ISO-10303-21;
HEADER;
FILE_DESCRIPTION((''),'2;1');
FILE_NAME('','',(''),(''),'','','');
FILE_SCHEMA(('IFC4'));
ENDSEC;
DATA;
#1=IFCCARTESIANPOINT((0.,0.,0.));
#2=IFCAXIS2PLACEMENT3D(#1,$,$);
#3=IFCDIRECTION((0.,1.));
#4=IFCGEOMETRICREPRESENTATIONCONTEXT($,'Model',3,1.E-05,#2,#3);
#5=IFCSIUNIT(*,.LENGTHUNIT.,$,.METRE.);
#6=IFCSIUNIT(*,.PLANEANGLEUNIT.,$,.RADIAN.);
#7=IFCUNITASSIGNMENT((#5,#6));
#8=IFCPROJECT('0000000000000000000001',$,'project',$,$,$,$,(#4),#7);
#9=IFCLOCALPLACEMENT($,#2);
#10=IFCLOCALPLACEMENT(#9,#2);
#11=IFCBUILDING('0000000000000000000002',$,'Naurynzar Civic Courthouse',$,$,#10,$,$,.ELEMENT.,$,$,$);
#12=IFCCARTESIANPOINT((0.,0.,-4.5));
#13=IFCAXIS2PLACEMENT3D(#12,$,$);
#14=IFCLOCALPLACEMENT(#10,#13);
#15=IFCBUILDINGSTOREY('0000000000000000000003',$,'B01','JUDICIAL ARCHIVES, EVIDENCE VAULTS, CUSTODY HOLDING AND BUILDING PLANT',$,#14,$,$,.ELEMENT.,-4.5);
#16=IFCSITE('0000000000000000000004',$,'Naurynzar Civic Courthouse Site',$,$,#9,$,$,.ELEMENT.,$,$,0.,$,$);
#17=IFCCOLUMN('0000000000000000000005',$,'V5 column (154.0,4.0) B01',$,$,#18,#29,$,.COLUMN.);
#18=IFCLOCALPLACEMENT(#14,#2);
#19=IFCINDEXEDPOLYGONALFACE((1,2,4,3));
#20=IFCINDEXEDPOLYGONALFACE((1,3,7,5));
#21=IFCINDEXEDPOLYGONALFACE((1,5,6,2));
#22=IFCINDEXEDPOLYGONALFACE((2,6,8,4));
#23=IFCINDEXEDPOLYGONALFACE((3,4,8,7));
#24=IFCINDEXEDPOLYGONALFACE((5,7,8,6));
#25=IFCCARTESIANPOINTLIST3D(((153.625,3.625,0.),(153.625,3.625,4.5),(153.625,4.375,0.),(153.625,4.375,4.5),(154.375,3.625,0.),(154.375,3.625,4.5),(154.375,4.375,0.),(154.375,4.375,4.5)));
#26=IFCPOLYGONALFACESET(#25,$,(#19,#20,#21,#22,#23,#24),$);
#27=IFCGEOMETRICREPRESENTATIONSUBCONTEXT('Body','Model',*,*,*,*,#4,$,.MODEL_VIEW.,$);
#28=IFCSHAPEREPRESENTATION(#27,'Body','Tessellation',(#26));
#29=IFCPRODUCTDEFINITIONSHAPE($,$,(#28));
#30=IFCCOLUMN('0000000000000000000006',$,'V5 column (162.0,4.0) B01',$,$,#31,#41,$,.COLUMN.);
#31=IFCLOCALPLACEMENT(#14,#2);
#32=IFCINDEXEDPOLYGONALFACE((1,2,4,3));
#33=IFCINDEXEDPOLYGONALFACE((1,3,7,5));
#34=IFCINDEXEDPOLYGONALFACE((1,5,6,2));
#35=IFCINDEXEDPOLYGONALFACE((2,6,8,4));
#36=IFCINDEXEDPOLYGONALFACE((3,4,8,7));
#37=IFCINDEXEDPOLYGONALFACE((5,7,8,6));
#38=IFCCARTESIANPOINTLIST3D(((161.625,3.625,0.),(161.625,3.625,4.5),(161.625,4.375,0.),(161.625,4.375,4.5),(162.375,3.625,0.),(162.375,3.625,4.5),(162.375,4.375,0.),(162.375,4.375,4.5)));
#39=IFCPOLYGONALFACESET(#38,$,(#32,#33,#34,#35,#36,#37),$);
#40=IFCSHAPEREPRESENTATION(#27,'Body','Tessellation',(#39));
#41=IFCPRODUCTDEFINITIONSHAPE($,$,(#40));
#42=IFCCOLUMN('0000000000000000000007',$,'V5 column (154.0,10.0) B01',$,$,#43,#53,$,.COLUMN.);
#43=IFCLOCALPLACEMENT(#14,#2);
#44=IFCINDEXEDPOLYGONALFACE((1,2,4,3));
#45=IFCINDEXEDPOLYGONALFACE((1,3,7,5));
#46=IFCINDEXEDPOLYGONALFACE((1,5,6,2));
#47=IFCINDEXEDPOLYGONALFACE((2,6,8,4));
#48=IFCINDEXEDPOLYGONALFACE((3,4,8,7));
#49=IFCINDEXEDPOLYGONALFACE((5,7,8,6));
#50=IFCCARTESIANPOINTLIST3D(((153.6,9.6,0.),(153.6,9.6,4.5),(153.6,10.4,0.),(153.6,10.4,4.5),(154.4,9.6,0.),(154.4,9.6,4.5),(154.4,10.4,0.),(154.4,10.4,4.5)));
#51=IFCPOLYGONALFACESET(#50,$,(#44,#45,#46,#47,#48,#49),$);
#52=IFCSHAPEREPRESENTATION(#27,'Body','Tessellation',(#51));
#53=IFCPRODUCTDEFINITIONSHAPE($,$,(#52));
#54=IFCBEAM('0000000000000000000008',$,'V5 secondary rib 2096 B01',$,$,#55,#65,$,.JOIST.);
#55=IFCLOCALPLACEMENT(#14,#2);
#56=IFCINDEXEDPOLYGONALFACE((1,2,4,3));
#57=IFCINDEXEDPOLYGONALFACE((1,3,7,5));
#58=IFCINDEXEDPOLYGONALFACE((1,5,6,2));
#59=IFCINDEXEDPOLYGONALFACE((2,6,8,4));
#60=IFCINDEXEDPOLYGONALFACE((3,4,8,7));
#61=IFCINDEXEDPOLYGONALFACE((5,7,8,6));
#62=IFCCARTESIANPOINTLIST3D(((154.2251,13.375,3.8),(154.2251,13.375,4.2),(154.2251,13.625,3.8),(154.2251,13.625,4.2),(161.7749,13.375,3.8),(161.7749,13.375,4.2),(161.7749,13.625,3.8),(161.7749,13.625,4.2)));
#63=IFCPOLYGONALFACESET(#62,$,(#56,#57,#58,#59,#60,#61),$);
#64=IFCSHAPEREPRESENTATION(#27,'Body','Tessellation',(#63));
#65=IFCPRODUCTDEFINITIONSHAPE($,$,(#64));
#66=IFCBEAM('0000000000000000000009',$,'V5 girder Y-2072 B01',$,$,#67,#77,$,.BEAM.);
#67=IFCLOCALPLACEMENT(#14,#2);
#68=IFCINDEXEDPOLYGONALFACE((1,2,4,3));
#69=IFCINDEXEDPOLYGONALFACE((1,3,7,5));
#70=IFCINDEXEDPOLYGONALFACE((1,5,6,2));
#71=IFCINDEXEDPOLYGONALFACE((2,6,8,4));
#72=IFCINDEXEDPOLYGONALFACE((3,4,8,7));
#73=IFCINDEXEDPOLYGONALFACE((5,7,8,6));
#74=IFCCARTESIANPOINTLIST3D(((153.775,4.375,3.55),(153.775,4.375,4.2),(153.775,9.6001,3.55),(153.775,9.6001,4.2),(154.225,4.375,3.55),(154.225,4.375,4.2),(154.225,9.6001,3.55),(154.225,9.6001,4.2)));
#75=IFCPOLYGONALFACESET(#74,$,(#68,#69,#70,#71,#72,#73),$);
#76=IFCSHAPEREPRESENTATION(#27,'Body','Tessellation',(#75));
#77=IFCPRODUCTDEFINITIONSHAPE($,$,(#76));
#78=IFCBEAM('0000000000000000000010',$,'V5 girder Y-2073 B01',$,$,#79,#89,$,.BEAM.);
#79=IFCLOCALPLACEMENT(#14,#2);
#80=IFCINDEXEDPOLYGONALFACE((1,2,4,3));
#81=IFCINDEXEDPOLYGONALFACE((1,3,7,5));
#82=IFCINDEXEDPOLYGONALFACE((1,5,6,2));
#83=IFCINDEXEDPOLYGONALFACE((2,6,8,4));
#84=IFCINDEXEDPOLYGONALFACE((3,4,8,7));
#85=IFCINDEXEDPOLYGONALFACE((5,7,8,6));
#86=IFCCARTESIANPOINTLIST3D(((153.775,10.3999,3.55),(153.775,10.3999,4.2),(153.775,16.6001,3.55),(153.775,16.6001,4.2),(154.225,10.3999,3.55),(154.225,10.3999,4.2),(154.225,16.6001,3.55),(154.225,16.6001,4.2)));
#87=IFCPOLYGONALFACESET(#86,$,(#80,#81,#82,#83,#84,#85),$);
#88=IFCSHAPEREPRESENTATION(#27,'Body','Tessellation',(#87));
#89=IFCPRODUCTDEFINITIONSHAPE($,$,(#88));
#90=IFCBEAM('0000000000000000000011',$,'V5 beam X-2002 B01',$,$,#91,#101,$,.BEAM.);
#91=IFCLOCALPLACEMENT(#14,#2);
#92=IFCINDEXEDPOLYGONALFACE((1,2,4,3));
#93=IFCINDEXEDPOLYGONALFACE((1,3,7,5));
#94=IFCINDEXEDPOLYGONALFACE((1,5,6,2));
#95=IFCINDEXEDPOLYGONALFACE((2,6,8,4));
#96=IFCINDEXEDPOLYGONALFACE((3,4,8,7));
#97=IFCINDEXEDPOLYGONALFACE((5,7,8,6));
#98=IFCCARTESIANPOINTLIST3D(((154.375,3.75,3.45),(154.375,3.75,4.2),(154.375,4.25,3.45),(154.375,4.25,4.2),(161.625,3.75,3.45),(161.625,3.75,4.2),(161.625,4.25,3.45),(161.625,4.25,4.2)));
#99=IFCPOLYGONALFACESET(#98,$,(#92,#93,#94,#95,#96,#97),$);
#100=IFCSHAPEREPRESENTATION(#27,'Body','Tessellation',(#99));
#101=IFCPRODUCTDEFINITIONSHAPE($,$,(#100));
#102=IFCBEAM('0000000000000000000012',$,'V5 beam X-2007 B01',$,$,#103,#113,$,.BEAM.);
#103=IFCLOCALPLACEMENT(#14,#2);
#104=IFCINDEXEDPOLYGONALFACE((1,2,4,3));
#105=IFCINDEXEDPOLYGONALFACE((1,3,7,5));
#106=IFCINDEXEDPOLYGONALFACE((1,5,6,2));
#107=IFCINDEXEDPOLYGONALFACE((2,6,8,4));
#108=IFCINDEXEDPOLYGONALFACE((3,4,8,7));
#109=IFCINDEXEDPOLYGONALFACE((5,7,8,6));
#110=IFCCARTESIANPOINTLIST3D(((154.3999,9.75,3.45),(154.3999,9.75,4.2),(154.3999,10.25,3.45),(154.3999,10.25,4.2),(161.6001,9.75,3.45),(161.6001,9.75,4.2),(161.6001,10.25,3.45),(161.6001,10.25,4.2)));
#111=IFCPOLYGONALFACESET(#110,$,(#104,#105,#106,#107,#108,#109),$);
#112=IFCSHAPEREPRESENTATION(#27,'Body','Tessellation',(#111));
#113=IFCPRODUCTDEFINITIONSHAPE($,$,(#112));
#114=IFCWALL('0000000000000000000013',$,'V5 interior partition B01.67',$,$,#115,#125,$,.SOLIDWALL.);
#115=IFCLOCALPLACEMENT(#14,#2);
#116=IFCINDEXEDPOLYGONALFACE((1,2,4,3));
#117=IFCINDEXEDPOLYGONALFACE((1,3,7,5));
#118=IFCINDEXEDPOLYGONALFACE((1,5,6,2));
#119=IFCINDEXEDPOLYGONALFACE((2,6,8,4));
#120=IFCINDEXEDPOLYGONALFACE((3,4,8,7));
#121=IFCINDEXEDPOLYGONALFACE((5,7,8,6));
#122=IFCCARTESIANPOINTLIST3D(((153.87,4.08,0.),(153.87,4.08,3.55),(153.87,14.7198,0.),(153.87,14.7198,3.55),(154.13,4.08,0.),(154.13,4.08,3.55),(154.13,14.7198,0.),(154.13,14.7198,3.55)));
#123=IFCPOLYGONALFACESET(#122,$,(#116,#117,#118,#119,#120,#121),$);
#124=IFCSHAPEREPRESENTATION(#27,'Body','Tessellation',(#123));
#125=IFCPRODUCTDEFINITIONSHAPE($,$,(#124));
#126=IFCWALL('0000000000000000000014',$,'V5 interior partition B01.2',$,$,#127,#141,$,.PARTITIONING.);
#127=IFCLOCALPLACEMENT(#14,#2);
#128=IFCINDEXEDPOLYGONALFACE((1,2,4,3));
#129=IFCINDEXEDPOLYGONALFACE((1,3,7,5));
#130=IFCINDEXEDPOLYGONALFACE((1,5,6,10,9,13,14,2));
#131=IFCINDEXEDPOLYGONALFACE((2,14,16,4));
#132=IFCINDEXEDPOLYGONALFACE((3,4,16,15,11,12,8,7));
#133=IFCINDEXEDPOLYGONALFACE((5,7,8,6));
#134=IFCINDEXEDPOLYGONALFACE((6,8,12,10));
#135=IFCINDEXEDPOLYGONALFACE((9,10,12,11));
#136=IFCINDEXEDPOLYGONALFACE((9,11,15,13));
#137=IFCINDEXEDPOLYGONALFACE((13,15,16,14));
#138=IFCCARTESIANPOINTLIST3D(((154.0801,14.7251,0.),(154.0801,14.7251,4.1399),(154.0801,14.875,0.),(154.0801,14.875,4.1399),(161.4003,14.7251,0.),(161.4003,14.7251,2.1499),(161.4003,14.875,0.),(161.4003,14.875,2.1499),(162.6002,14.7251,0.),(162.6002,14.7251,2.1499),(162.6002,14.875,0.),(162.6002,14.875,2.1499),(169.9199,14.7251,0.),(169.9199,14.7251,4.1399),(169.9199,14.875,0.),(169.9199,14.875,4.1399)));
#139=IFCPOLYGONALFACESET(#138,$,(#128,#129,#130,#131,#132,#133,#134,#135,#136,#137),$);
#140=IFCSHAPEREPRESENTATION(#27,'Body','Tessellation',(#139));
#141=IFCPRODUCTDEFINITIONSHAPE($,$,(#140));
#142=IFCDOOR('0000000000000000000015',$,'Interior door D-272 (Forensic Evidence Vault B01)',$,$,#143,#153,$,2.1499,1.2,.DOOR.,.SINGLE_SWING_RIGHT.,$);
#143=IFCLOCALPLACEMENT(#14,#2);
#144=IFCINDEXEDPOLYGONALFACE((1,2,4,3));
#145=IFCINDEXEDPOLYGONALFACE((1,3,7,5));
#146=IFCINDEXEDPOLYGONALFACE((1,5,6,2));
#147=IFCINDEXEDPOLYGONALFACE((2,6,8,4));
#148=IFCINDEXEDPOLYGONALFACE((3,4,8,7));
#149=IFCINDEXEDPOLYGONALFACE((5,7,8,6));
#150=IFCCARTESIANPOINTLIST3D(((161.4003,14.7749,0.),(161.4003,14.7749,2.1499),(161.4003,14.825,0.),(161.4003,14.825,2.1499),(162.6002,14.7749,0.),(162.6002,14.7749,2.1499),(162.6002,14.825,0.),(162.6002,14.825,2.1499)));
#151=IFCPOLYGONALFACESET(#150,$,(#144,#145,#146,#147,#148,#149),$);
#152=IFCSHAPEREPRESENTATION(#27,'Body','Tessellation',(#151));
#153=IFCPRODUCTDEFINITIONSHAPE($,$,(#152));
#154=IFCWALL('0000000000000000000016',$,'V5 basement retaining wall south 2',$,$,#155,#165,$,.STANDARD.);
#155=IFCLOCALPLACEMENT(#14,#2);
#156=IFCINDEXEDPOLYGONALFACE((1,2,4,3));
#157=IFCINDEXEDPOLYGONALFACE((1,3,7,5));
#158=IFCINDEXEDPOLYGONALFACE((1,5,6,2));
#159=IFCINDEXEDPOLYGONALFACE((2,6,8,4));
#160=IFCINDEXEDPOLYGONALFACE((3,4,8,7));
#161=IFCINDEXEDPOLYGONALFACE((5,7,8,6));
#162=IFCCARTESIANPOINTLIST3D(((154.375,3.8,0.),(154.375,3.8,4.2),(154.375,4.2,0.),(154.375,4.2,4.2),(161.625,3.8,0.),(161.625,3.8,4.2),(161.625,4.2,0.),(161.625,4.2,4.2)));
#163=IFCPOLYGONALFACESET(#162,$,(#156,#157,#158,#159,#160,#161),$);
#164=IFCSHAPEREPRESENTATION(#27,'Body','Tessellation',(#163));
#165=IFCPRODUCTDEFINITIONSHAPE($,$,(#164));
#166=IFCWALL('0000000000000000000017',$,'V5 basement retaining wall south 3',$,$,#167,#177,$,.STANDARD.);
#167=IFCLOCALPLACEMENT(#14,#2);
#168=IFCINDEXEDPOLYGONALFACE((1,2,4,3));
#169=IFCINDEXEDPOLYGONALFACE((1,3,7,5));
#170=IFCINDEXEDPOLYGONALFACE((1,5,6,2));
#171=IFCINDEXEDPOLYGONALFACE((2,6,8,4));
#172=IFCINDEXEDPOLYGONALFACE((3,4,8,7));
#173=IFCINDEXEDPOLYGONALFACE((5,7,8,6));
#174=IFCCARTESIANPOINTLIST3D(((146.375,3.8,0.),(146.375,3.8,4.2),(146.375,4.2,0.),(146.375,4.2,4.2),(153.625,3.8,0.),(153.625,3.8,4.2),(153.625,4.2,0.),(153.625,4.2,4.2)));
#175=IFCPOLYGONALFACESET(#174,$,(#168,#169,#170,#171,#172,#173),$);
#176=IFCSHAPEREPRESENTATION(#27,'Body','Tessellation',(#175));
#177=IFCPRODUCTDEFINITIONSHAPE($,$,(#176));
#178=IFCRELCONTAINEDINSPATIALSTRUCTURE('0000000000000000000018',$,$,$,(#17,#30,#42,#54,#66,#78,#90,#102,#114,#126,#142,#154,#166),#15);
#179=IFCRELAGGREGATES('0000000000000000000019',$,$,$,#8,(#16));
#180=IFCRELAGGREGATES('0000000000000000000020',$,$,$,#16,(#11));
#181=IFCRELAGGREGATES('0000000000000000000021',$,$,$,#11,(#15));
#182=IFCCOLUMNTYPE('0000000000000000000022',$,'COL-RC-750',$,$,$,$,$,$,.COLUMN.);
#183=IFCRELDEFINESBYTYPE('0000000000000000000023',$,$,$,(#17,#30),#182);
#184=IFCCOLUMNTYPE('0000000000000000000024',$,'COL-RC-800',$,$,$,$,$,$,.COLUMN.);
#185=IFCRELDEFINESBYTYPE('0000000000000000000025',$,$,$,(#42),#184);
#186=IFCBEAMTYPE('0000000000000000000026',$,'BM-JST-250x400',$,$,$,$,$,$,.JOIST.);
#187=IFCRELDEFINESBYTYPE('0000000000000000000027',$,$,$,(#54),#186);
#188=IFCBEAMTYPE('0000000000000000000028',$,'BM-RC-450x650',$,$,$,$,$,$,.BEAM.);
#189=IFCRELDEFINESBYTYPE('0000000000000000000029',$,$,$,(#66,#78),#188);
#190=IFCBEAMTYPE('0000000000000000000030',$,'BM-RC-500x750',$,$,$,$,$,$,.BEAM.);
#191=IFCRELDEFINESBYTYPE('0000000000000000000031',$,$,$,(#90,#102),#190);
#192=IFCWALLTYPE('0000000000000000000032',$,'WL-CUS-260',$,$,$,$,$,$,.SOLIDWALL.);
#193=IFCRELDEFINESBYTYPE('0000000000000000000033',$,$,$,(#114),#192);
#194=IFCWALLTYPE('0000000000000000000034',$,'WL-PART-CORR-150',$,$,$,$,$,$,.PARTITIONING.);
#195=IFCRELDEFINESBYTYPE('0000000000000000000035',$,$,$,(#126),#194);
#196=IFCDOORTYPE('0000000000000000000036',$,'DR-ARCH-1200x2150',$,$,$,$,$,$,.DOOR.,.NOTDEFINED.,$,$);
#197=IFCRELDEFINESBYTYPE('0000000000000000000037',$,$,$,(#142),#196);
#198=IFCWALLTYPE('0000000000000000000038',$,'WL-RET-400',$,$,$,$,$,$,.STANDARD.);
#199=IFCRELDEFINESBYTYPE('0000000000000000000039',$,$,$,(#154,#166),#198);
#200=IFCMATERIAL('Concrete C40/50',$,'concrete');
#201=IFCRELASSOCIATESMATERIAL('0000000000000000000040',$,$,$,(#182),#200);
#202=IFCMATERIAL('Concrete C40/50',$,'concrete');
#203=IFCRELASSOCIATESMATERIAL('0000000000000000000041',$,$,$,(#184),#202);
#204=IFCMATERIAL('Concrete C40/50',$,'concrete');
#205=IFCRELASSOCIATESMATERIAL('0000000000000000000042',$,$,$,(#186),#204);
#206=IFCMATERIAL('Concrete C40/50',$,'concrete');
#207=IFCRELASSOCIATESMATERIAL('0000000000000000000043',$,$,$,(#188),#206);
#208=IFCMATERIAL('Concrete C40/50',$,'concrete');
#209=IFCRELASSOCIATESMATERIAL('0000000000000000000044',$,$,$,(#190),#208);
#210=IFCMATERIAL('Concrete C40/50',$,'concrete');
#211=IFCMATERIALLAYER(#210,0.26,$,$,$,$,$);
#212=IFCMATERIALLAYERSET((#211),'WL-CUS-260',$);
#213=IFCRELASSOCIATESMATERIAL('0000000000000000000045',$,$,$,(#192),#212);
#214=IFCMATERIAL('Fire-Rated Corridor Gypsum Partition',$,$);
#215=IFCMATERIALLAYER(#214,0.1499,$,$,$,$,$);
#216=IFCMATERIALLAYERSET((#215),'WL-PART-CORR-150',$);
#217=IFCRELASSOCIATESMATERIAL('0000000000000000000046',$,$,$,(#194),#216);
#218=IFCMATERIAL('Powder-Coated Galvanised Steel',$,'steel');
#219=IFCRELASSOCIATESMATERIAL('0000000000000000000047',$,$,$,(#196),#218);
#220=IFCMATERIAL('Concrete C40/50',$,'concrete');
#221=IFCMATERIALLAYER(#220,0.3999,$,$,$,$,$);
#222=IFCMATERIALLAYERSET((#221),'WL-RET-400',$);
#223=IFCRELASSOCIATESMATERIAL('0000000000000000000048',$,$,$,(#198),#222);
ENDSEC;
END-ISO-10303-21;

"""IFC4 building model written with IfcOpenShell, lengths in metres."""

from ifc_helpers import new_model, si_unit, direction, frame, frame_2d, origin, origin_2d, place, context, subcontext, project, spatial, rectangle, extrude, material, layer, layer_set, material_profile, profile_set, type_object, element, fill, save


model = new_model("IFC4")

# Units and contexts
model_context = context("Model", 3, precision=1e-05, world=origin(), true_north=direction((0.0, 1.0)))
body_context = subcontext(model_context, "Body", "Model", "MODEL_VIEW")
ifc_project = project(units=[si_unit("LENGTHUNIT", "METRE"), si_unit("PLANEANGLEUNIT", "RADIAN")], contexts=[model_context])

# Site, building, storey
site_placement = place(None, origin())
site = spatial("IfcSite", under=ifc_project, at=site_placement, Name="Naurynzar Civic Courthouse Site", CompositionType="ELEMENT", RefElevation=0.0)
building_placement = place(site_placement, origin())
building = spatial("IfcBuilding", under=site, at=building_placement, Name="Naurynzar Civic Courthouse", CompositionType="ELEMENT")
storey_placement = place(building_placement, frame((0.0, 0.0, -4.5)))
storey = spatial("IfcBuildingStorey", under=building, at=storey_placement, Name="B01", Description="JUDICIAL ARCHIVES, EVIDENCE VAULTS, CUSTODY HOLDING AND BUILDING PLANT", CompositionType="ELEMENT", Elevation=-4.5)

# Columns
ifc_material_1 = material(Name="Concrete C40/50", Category="concrete")
ifc_material_profile_1 = material_profile(ifc_material_1, rectangle(XDim=0.75, YDim=0.75, at=origin_2d()), Name="RC 750x750")
ifc_profile_set_1 = profile_set([ifc_material_profile_1], Name="Concrete C40/50")
column_type_1 = type_object("IfcColumnType", Name="COL-RC-750", PredefinedType="COLUMN", material=ifc_profile_set_1)
for number, where, z_axis, x_axis, name in (
    (1, (154.0, 4.0, 0.0), (0.0, 0.0, 1.0), (1.0, 0.0, 0.0), "V5 column (154.0,4.0) B01"),
    (2, (162.0, 4.0, 0.0), (0.0, 0.0, 1.0), (1.0, 0.0, 0.0), "V5 column (162.0,4.0) B01"),
):
    element("IfcColumn", number, at=place(storey_placement, frame(where, z_axis=z_axis, x_axis=x_axis)), inside=storey, type_object=column_type_1, Name=name, PredefinedType="COLUMN", context=body_context, shape_type="SweptSolid", body=[
        extrude(rectangle(XDim=0.75, YDim=0.75, at=origin_2d()), origin(), (0.0, 0.0, 1.0), 4.5),
    ])
ifc_material_2 = material(Name="Concrete C40/50", Category="concrete")
ifc_material_profile_2 = material_profile(ifc_material_2, rectangle(XDim=0.8, YDim=0.8, at=origin_2d()), Name="RC 800x800")
ifc_profile_set_2 = profile_set([ifc_material_profile_2], Name="Concrete C40/50")
column_type_2 = type_object("IfcColumnType", Name="COL-RC-800", PredefinedType="COLUMN", material=ifc_profile_set_2)
column_placement = place(storey_placement, frame((154.0, 10.0, 0.0), z_axis=(0.0, 0.0, 1.0), x_axis=(1.0, 0.0, 0.0)))
element("IfcColumn", 3, at=column_placement, inside=storey, type_object=column_type_2, Name="V5 column (154.0,10.0) B01", PredefinedType="COLUMN", context=body_context, shape_type="SweptSolid", body=[
    extrude(rectangle(XDim=0.8, YDim=0.8, at=origin_2d()), origin(), (0.0, 0.0, 1.0), 4.5),
])

# Beams
ifc_material_3 = material(Name="Concrete C40/50", Category="concrete")
ifc_material_profile_3 = material_profile(ifc_material_3, rectangle(XDim=0.25, YDim=0.3999, at=origin_2d()), Name="RCB 250x400")
ifc_profile_set_3 = profile_set([ifc_material_profile_3], Name="Concrete C40/50")
beam_type_1 = type_object("IfcBeamType", Name="BM-JST-250x400", PredefinedType="JOIST", material=ifc_profile_set_3)
beam_1_placement = place(storey_placement, frame((154.2251, 13.5, 4.0), z_axis=(1.0, 0.0, 0.0), x_axis=(0.0, 1.0, 0.0)))
element("IfcBeam", 4, at=beam_1_placement, inside=storey, type_object=beam_type_1, Name="V5 secondary rib 2096 B01", PredefinedType="JOIST", context=body_context, shape_type="SweptSolid", body=[
    extrude(rectangle(XDim=0.25, YDim=0.3999, at=origin_2d()), origin(), (0.0, 0.0, 1.0), 7.5498),
])
ifc_material_4 = material(Name="Concrete C40/50", Category="concrete")
ifc_material_profile_4 = material_profile(ifc_material_4, rectangle(XDim=0.45, YDim=0.6499, at=origin_2d()), Name="RCB 450x650")
ifc_profile_set_4 = profile_set([ifc_material_profile_4], Name="Concrete C40/50")
beam_type_2 = type_object("IfcBeamType", Name="BM-RC-450x650", PredefinedType="BEAM", material=ifc_profile_set_4)
beam_2_placement = place(storey_placement, frame((154.0, 4.375, 3.875), z_axis=(0.0, 1.0, 0.0), x_axis=(-1.0, 0.0, 0.0)))
element("IfcBeam", 5, at=beam_2_placement, inside=storey, type_object=beam_type_2, Name="V5 girder Y-2072 B01", PredefinedType="BEAM", context=body_context, shape_type="SweptSolid", body=[
    extrude(rectangle(XDim=0.45, YDim=0.6499, at=origin_2d()), origin(), (0.0, 0.0, 1.0), 5.2251),
])
beam_3_placement = place(storey_placement, frame((154.0, 10.3999, 3.875), z_axis=(0.0, 1.0, 0.0), x_axis=(-1.0, 0.0, 0.0)))
element("IfcBeam", 6, at=beam_3_placement, inside=storey, type_object=beam_type_2, Name="V5 girder Y-2073 B01", PredefinedType="BEAM", context=body_context, shape_type="SweptSolid", body=[
    extrude(rectangle(XDim=0.45, YDim=0.6499, at=origin_2d()), origin(), (0.0, 0.0, 1.0), 6.2002),
])
ifc_material_5 = material(Name="Concrete C40/50", Category="concrete")
ifc_material_profile_5 = material_profile(ifc_material_5, rectangle(XDim=0.5, YDim=0.75, at=origin_2d()), Name="RCB 500x750")
ifc_profile_set_5 = profile_set([ifc_material_profile_5], Name="Concrete C40/50")
beam_type_3 = type_object("IfcBeamType", Name="BM-RC-500x750", PredefinedType="BEAM", material=ifc_profile_set_5)
beam_4_placement = place(storey_placement, frame((154.375, 4.0, 3.825), z_axis=(1.0, 0.0, 0.0), x_axis=(0.0, 1.0, 0.0)))
element("IfcBeam", 7, at=beam_4_placement, inside=storey, type_object=beam_type_3, Name="V5 beam X-2002 B01", PredefinedType="BEAM", context=body_context, shape_type="SweptSolid", body=[
    extrude(rectangle(XDim=0.5, YDim=0.75, at=origin_2d()), origin(), (0.0, 0.0, 1.0), 7.25),
])
beam_5_placement = place(storey_placement, frame((154.3999, 10.0, 3.825), z_axis=(1.0, 0.0, 0.0), x_axis=(0.0, 1.0, 0.0)))
element("IfcBeam", 8, at=beam_5_placement, inside=storey, type_object=beam_type_3, Name="V5 beam X-2007 B01", PredefinedType="BEAM", context=body_context, shape_type="SweptSolid", body=[
    extrude(rectangle(XDim=0.5, YDim=0.75, at=origin_2d()), origin(), (0.0, 0.0, 1.0), 7.2002),
])

# Wall
ifc_material_6 = material(Name="Concrete C40/50", Category="concrete")
ifc_layer_1 = layer(ifc_material_6, 0.26)
ifc_layer_set_1 = layer_set([ifc_layer_1], Name="WL-CUS-260")
wall_type_1 = type_object("IfcWallType", Name="WL-CUS-260", PredefinedType="SOLIDWALL", material=ifc_layer_set_1)
wall_1_placement = place(storey_placement, frame((154.0, 4.0801, 0.0), z_axis=(0.0, 0.0, 1.0), x_axis=(0.0, 1.0, 0.0)))
element("IfcWall", 9, at=wall_1_placement, inside=storey, type_object=wall_type_1, Name="V5 interior partition B01.67", PredefinedType="SOLIDWALL", context=body_context, shape_type="SweptSolid", body=[
    extrude(rectangle(XDim=10.6399, YDim=0.26, at=frame_2d((5.3198, 0.0))), origin(), (0.0, 0.0, 1.0), 3.55),
])

# Wall, opening, door
ifc_material_7 = material(Name="Fire-Rated Corridor Gypsum Partition")
ifc_layer_2 = layer(ifc_material_7, 0.1499)
ifc_layer_set_2 = layer_set([ifc_layer_2], Name="WL-PART-CORR-150")
wall_type_2 = type_object("IfcWallType", Name="WL-PART-CORR-150", PredefinedType="PARTITIONING", material=ifc_layer_set_2)
wall_2_placement = place(storey_placement, frame((154.0801, 14.8, 0.0), z_axis=(0.0, 0.0, 1.0), x_axis=(1.0, 0.0, 0.0)))
wall_2 = element("IfcWall", 10, at=wall_2_placement, inside=storey, type_object=wall_type_2, Name="V5 interior partition B01.2", PredefinedType="PARTITIONING", context=body_context, shape_type="SweptSolid", body=[
    extrude(rectangle(XDim=15.8398, YDim=0.1499, at=frame_2d((7.9199, 0.0))), origin(), (0.0, 0.0, 1.0), 4.1399),
])
opening_placement = place(wall_2_placement, frame((7.3201, 0.0, 0.0)))
opening = element("IfcOpeningElement", 11, at=opening_placement, cuts=wall_2, PredefinedType="OPENING", context=body_context, shape_type="SweptSolid", body=[
    extrude(rectangle(XDim=1.2, YDim=2.1499, at=frame_2d((0.6001, 1.075))), frame((0.0, 0.085, 0.0), z_axis=(0.0, -1.0, 0.0), x_axis=(1.0, 0.0, 0.0)), (0.0, 0.0, 1.0), 0.1699),
])
ifc_material_8 = material(Name="Powder-Coated Galvanised Steel", Category="steel")
door_type = type_object("IfcDoorType", Name="DR-ARCH-1200x2150", OperationType="NOTDEFINED", PredefinedType="DOOR", material=ifc_material_8)
door_placement = place(opening_placement, origin())
door = element("IfcDoor", 12, at=door_placement, inside=storey, type_object=door_type, Name="Interior door D-272 (Forensic Evidence Vault B01)", OperationType="SINGLE_SWING_RIGHT", OverallHeight=2.1499, OverallWidth=1.2, PredefinedType="DOOR", context=body_context, shape_type="SweptSolid", body=[
    extrude(rectangle(XDim=1.2, YDim=2.1499, at=frame_2d((0.6001, 1.075))), frame((0.0, 0.0249, 0.0), z_axis=(0.0, -1.0, 0.0), x_axis=(1.0, 0.0, 0.0)), (0.0, 0.0, 1.0), 0.05),
])
fill(opening, door)

# Walls
ifc_material_9 = material(Name="Concrete C40/50", Category="concrete")
ifc_layer_3 = layer(ifc_material_9, 0.3999)
ifc_layer_set_3 = layer_set([ifc_layer_3], Name="WL-RET-400")
wall_type_3 = type_object("IfcWallType", Name="WL-RET-400", PredefinedType="STANDARD", material=ifc_layer_set_3)
for number, where, z_axis, x_axis, name in (
    (13, (161.625, 4.0, 0.0), (0.0, 0.0, 1.0), (-1.0, 0.0, 0.0), "V5 basement retaining wall south 2"),
    (14, (153.625, 4.0, 0.0), (0.0, 0.0, 1.0), (-1.0, 0.0, 0.0), "V5 basement retaining wall south 3"),
):
    element("IfcWall", number, at=place(storey_placement, frame(where, z_axis=z_axis, x_axis=x_axis)), inside=storey, type_object=wall_type_3, Name=name, PredefinedType="STANDARD", context=body_context, shape_type="SweptSolid", body=[
        extrude(rectangle(XDim=7.25, YDim=0.3999, at=frame_2d((3.625, 0.0))), origin(), (0.0, 0.0, 1.0), 4.2),
    ])

save(model, "model.ifc")
